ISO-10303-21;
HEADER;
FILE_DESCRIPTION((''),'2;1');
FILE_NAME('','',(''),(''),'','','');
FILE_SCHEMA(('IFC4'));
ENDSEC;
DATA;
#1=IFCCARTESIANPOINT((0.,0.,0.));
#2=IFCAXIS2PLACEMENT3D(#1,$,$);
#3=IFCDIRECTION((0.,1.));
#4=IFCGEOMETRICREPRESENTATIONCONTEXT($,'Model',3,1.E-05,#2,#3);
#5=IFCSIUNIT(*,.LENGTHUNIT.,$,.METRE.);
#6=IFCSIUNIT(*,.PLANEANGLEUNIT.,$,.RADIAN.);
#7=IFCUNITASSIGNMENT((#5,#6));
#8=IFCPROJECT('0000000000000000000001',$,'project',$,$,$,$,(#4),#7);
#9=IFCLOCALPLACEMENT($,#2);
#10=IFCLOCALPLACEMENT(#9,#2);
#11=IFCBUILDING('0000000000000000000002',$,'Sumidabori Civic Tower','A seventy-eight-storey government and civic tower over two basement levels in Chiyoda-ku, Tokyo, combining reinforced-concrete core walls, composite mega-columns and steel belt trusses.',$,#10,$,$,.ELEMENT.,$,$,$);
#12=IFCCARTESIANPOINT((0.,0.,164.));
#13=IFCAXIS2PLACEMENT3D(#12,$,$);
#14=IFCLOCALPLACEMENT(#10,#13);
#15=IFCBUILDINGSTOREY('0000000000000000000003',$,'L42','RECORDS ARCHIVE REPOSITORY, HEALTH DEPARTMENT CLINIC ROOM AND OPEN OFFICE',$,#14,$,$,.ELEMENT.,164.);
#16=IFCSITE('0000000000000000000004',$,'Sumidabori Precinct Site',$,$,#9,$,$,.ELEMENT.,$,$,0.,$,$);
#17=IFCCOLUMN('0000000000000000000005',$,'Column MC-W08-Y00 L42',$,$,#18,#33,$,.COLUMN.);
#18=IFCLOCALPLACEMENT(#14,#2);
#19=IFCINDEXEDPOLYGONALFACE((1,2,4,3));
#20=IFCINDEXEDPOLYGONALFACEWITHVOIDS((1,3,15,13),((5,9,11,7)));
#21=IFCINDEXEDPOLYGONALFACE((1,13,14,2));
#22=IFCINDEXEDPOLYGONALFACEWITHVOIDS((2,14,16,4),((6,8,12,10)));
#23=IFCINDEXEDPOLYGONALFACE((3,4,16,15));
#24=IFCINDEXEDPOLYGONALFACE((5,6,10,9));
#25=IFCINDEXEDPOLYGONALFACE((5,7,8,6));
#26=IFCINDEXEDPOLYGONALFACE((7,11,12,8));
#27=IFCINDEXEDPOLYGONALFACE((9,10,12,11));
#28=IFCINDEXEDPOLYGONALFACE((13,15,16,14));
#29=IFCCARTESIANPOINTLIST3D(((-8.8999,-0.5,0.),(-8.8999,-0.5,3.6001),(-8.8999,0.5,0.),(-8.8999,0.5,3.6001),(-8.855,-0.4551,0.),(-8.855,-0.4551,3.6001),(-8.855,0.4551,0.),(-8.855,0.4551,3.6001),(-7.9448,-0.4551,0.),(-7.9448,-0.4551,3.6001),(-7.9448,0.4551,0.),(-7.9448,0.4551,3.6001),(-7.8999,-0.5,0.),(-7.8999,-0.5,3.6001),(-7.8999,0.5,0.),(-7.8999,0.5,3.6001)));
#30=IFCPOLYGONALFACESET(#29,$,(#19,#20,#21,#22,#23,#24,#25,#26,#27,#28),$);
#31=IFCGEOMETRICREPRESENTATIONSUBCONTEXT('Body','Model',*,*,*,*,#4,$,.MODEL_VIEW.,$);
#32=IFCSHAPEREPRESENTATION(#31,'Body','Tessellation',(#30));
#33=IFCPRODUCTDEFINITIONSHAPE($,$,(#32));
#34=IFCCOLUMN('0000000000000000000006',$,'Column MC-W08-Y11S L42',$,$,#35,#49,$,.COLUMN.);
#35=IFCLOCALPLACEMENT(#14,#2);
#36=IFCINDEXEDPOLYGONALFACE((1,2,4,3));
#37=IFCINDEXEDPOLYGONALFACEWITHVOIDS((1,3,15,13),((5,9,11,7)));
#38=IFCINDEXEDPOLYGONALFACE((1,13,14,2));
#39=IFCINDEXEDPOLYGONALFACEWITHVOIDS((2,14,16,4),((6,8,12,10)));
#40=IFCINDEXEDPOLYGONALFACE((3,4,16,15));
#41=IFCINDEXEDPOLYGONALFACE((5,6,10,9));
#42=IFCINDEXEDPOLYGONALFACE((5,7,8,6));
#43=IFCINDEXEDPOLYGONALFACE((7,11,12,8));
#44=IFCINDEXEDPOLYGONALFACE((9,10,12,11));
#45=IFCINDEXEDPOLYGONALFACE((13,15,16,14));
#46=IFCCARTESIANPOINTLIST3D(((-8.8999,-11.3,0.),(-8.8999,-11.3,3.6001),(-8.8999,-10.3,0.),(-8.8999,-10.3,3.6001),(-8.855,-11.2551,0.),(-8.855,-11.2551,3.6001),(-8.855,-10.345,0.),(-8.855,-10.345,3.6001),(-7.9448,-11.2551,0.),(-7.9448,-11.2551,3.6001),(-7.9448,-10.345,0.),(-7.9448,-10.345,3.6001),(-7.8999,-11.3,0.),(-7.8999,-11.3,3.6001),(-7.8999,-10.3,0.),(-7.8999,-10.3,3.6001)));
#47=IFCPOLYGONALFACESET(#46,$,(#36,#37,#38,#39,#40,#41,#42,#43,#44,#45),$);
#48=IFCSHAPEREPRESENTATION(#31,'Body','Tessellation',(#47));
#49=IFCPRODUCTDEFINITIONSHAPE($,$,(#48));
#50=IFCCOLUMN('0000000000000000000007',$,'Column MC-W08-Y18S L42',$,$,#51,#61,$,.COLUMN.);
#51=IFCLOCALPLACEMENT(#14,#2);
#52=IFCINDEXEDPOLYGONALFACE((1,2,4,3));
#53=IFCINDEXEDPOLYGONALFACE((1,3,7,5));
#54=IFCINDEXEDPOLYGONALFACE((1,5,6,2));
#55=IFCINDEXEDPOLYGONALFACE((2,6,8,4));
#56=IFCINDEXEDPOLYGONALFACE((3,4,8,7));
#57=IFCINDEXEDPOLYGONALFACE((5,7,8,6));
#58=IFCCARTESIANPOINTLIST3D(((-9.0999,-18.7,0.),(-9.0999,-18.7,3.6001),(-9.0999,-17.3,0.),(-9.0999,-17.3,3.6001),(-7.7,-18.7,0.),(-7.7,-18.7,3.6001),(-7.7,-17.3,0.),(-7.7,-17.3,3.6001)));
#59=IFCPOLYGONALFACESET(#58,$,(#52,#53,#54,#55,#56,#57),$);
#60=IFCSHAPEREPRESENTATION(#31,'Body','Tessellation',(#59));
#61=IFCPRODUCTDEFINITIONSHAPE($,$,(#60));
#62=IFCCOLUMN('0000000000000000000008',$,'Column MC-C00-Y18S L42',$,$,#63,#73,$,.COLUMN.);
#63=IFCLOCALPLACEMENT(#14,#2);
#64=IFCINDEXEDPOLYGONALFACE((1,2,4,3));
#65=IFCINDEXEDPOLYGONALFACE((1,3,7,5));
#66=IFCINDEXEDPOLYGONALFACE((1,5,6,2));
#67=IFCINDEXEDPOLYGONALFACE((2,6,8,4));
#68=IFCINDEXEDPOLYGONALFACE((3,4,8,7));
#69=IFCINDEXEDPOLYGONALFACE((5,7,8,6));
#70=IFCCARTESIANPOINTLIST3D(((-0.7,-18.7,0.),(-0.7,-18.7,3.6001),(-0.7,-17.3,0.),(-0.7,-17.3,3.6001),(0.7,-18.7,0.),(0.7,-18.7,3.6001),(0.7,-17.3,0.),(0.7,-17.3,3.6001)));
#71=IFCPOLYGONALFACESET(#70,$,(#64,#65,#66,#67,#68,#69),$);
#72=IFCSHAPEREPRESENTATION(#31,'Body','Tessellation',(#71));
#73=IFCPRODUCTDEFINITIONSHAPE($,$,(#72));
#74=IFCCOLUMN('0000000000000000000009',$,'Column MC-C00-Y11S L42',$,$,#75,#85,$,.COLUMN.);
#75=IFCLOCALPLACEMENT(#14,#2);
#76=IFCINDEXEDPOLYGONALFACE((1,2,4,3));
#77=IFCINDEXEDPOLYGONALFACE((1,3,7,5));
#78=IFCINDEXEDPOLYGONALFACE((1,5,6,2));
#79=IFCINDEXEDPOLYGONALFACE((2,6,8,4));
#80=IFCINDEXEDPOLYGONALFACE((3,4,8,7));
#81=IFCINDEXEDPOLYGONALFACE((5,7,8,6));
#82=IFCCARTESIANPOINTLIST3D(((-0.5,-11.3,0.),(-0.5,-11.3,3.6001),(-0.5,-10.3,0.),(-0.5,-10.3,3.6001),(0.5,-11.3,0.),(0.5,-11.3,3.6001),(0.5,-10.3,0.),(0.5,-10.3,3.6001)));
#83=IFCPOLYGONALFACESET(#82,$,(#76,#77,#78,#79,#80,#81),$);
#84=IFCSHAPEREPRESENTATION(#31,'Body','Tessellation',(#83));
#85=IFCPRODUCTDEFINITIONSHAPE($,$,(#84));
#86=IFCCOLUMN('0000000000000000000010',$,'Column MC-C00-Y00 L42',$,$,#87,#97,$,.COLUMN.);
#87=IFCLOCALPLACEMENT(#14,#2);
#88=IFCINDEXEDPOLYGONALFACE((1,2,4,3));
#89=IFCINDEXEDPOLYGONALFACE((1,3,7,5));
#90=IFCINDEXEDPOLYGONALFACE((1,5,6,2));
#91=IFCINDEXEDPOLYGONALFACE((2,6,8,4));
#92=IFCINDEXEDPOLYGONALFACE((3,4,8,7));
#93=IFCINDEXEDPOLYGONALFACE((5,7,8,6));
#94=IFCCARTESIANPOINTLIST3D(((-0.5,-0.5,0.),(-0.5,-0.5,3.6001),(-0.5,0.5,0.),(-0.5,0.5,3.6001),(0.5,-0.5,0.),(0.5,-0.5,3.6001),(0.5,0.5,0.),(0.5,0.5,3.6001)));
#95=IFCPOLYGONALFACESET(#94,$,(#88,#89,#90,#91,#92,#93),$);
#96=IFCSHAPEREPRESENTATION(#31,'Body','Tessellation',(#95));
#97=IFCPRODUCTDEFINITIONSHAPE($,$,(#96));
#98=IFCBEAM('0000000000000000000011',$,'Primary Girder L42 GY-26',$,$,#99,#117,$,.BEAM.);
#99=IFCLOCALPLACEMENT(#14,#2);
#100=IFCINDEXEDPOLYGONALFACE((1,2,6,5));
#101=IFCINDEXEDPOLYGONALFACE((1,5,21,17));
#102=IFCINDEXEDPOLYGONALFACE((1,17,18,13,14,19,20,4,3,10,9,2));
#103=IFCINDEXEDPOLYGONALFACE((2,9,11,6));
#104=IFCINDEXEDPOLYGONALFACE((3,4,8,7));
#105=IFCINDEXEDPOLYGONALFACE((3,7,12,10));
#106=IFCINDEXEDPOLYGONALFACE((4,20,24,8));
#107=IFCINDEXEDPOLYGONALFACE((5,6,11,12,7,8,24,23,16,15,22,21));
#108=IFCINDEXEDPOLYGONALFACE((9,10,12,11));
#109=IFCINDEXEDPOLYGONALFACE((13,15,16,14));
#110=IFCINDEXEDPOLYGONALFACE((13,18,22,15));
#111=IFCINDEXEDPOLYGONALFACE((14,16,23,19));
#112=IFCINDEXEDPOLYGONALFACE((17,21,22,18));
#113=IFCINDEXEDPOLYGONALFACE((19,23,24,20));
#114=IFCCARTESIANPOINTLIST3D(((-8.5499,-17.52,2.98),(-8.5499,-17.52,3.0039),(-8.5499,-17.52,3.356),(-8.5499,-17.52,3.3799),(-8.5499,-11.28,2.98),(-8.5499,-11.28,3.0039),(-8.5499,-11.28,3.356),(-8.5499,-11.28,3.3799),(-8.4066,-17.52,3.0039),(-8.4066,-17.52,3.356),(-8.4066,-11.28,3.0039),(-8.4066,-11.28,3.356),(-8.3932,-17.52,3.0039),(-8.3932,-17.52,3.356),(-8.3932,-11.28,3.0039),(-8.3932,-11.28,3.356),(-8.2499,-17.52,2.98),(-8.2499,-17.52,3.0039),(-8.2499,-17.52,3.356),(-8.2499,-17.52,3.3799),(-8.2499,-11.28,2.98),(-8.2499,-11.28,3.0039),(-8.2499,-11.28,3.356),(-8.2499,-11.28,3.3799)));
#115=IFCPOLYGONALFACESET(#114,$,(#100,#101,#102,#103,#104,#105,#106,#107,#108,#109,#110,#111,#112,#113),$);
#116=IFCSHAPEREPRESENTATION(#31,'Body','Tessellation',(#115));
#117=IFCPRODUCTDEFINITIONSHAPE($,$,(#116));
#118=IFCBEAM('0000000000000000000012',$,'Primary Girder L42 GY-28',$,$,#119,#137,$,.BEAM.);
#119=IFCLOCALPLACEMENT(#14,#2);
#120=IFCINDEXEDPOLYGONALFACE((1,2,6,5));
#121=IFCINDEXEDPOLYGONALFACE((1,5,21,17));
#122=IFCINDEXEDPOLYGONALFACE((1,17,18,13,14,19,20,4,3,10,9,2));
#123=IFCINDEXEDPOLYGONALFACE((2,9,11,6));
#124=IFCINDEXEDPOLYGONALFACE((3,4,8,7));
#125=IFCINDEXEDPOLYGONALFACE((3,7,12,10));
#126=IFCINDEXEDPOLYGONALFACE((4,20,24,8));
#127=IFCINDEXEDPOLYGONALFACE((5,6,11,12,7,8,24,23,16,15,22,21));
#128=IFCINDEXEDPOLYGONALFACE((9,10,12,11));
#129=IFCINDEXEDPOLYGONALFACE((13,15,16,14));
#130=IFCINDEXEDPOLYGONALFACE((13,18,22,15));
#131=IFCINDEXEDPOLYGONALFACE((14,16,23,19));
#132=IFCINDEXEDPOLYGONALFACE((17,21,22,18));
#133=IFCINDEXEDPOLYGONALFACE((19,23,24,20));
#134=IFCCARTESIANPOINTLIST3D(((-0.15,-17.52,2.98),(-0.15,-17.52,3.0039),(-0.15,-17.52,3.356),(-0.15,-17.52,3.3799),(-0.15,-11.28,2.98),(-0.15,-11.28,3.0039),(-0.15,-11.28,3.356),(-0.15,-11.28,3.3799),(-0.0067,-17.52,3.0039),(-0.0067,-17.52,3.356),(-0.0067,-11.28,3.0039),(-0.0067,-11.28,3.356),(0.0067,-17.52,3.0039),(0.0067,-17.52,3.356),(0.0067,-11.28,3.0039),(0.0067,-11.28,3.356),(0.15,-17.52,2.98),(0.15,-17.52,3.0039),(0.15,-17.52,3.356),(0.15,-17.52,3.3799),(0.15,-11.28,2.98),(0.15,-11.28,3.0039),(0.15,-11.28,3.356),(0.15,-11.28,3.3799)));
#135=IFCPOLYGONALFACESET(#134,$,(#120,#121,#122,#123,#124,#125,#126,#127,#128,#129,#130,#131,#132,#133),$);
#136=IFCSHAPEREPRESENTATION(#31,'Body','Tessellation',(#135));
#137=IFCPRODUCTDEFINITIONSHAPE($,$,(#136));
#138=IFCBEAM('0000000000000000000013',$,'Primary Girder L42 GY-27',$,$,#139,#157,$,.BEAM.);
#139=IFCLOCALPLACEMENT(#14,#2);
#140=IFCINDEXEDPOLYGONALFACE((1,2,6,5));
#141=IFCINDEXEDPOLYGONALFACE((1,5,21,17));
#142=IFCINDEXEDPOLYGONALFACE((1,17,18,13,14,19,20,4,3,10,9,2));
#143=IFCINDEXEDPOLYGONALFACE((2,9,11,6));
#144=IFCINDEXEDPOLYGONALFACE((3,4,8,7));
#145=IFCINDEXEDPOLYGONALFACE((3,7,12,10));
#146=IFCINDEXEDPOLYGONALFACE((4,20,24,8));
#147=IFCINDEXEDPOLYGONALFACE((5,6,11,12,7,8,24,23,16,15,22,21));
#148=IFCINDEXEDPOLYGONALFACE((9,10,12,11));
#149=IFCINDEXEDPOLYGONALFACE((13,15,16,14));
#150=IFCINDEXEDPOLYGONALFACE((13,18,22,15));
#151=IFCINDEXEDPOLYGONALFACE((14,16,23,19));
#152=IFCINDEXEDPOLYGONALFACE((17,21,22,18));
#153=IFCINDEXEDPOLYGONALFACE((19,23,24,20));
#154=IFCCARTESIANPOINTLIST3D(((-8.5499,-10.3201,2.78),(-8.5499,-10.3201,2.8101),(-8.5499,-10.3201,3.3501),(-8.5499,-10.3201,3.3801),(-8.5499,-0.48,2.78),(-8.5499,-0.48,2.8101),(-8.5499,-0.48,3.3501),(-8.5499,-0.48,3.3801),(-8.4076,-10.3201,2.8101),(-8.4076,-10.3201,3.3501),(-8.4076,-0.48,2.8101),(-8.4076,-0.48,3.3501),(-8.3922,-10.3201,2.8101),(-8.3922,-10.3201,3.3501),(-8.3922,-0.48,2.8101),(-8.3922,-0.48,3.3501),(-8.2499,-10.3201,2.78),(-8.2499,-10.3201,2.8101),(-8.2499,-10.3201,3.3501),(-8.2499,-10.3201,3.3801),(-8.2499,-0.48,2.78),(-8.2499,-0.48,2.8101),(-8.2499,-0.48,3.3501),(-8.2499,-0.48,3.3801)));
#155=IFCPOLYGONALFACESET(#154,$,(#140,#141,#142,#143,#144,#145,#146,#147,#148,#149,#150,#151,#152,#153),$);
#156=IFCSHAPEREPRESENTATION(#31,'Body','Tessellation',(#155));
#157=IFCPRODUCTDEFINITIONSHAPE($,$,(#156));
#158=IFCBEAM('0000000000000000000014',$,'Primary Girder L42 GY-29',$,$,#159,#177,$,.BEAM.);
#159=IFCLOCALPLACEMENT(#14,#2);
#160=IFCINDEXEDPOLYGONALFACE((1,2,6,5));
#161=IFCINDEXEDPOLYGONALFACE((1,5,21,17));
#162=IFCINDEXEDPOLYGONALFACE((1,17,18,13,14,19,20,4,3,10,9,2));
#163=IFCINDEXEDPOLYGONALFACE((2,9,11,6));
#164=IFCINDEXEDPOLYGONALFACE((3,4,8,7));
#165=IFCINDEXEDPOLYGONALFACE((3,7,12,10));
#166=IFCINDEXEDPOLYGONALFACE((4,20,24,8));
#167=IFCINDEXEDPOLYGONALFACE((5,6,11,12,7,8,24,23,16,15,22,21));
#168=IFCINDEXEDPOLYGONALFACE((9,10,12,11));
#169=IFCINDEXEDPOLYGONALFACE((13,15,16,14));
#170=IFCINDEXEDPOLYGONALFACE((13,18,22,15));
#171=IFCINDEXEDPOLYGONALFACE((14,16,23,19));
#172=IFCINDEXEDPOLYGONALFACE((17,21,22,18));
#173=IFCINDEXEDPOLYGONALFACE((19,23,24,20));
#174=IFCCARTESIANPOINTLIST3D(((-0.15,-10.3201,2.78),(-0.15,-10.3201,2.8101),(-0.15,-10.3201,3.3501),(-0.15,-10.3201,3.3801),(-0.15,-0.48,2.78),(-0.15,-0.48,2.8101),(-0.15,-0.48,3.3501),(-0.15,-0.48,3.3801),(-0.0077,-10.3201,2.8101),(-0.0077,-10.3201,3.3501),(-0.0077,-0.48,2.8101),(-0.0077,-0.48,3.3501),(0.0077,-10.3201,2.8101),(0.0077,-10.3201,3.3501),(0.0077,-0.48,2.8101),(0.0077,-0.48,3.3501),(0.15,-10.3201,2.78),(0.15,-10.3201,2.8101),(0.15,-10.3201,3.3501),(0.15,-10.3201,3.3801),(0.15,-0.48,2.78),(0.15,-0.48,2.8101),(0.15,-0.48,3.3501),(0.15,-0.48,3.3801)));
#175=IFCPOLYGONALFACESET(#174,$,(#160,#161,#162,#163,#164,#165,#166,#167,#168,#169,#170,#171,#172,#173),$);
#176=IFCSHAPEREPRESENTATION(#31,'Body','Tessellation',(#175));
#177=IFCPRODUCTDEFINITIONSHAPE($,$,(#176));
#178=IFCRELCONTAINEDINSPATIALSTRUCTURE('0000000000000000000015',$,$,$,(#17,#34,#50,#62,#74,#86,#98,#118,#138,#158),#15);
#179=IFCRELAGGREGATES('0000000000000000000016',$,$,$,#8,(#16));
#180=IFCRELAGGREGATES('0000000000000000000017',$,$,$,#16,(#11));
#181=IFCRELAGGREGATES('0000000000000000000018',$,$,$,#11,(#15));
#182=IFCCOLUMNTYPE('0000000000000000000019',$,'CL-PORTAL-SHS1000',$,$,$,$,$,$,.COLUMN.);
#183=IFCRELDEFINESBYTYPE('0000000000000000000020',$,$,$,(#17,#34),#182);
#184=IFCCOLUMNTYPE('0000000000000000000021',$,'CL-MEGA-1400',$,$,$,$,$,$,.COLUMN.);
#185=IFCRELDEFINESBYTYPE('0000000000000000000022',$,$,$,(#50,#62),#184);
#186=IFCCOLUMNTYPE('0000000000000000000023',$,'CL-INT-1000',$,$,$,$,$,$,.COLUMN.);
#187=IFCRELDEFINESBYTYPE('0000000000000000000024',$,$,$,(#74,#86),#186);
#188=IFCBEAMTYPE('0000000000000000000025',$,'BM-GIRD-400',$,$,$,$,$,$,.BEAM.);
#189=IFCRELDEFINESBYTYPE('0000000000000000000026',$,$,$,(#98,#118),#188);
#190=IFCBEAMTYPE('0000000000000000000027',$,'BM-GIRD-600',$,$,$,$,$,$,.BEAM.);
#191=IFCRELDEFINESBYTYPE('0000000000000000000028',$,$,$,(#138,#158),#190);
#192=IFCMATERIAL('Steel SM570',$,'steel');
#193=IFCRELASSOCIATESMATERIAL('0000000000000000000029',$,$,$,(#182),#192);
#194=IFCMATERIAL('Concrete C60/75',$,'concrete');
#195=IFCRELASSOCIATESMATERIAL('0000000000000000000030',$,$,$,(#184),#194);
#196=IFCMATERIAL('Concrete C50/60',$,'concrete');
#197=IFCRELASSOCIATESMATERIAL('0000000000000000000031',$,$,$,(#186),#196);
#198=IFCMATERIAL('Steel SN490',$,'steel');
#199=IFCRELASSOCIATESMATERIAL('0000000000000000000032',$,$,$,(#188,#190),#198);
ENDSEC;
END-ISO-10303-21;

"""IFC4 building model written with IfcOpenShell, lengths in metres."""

from ifc_helpers import new_model, si_unit, direction, frame, origin, origin_2d, place, context, subcontext, project, spatial, rectangle, hollow_rectangle, i_section, extrude, source, transform, mapped, material, material_profile, profile_set, type_object, element, save


model = new_model("IFC4")

# Units and contexts
model_context = context("Model", 3, precision=1e-05, world=origin(), true_north=direction((0.0, 1.0)))
body_context = subcontext(model_context, "Body", "Model", "MODEL_VIEW")
ifc_project = project(units=[si_unit("LENGTHUNIT", "METRE"), si_unit("PLANEANGLEUNIT", "RADIAN")], contexts=[model_context])

# Site, building, storey
site_placement = place(None, origin())
site = spatial("IfcSite", under=ifc_project, at=site_placement, Name="Sumidabori Precinct Site", CompositionType="ELEMENT", RefElevation=0.0)
building_placement = place(site_placement, origin())
building = spatial("IfcBuilding", under=site, at=building_placement, Name="Sumidabori Civic Tower", Description="A seventy-eight-storey government and civic tower over two basement levels in Chiyoda-ku, Tokyo, combining reinforced-concrete core walls, composite mega-columns and steel belt trusses.", CompositionType="ELEMENT")
storey_placement = place(building_placement, frame((0.0, 0.0, 164.0)))
storey = spatial("IfcBuildingStorey", under=building, at=storey_placement, Name="L42", Description="RECORDS ARCHIVE REPOSITORY, HEALTH DEPARTMENT CLINIC ROOM AND OPEN OFFICE", CompositionType="ELEMENT", Elevation=164.0)

# Columns
ifc_material_1 = material(Name="Steel SM570", Category="steel")
ifc_material_profile_1 = material_profile(ifc_material_1, hollow_rectangle(XDim=1.0, YDim=1.0, WallThickness=0.0449, at=origin_2d()), Name="SHS 1000x1000x45")
ifc_profile_set_1 = profile_set([ifc_material_profile_1], Name="Steel SM570")
column_type_1 = type_object("IfcColumnType", Name="CL-PORTAL-SHS1000", PredefinedType="COLUMN", material=ifc_profile_set_1)
shared_shape_1 = source(origin(), body_context, "Body", "SweptSolid", [
    extrude(hollow_rectangle(XDim=1.0, YDim=1.0, WallThickness=0.0449, at=origin_2d()), origin(), (0.0, 0.0, 1.0), 3.6001),
])
for number, where, z_axis, x_axis, name in (
    (1, (-8.3999, 0.0, 0.0), (0.0, 0.0, 1.0), (1.0, 0.0, 0.0), "Column MC-W08-Y00 L42"),
    (2, (-8.3999, -10.8, 0.0), (0.0, 0.0, 1.0), (1.0, 0.0, 0.0), "Column MC-W08-Y11S L42"),
):
    element("IfcColumn", number, at=place(storey_placement, frame(where, z_axis=z_axis, x_axis=x_axis)), inside=storey, type_object=column_type_1, Name=name, PredefinedType="COLUMN", context=body_context, shape_type="MappedRepresentation", body=[
        mapped(shared_shape_1, transform((0.0, 0.0, 0.0), x_axis=(1.0, 0.0, 0.0), y_axis=(0.0, 1.0, 0.0), z_axis=(0.0, 0.0, 1.0), scale=1.0)),
    ])
ifc_material_2 = material(Name="Concrete C60/75", Category="concrete")
ifc_material_profile_2 = material_profile(ifc_material_2, rectangle(XDim=1.3999, YDim=1.3999, at=origin_2d()), Name="RC 1400x1400")
ifc_profile_set_2 = profile_set([ifc_material_profile_2], Name="Concrete C60/75")
column_type_2 = type_object("IfcColumnType", Name="CL-MEGA-1400", PredefinedType="COLUMN", material=ifc_profile_set_2)
shared_shape_2 = source(origin(), body_context, "Body", "SweptSolid", [
    extrude(rectangle(XDim=1.3999, YDim=1.3999, at=origin_2d()), origin(), (0.0, 0.0, 1.0), 3.6001),
])
for number, where, z_axis, x_axis, name in (
    (3, (-8.3999, -18.0, 0.0), (0.0, 0.0, 1.0), (1.0, 0.0, 0.0), "Column MC-W08-Y18S L42"),
    (4, (0.0, -18.0, 0.0), (0.0, 0.0, 1.0), (1.0, 0.0, 0.0), "Column MC-C00-Y18S L42"),
):
    element("IfcColumn", number, at=place(storey_placement, frame(where, z_axis=z_axis, x_axis=x_axis)), inside=storey, type_object=column_type_2, Name=name, PredefinedType="COLUMN", context=body_context, shape_type="MappedRepresentation", body=[
        mapped(shared_shape_2, transform((0.0, 0.0, 0.0), x_axis=(1.0, 0.0, 0.0), y_axis=(0.0, 1.0, 0.0), z_axis=(0.0, 0.0, 1.0), scale=1.0)),
    ])
ifc_material_3 = material(Name="Concrete C50/60", Category="concrete")
ifc_material_profile_3 = material_profile(ifc_material_3, rectangle(XDim=1.0, YDim=1.0, at=origin_2d()), Name="RC 1000x1000")
ifc_profile_set_3 = profile_set([ifc_material_profile_3], Name="Concrete C50/60")
column_type_3 = type_object("IfcColumnType", Name="CL-INT-1000", PredefinedType="COLUMN", material=ifc_profile_set_3)
shared_shape_3 = source(origin(), body_context, "Body", "SweptSolid", [
    extrude(rectangle(XDim=1.0, YDim=1.0, at=origin_2d()), origin(), (0.0, 0.0, 1.0), 3.6001),
])
for number, where, z_axis, x_axis, name in (
    (5, (0.0, -10.8, 0.0), (0.0, 0.0, 1.0), (1.0, 0.0, 0.0), "Column MC-C00-Y11S L42"),
    (6, (0.0, 0.0, 0.0), (0.0, 0.0, 1.0), (1.0, 0.0, 0.0), "Column MC-C00-Y00 L42"),
):
    element("IfcColumn", number, at=place(storey_placement, frame(where, z_axis=z_axis, x_axis=x_axis)), inside=storey, type_object=column_type_3, Name=name, PredefinedType="COLUMN", context=body_context, shape_type="MappedRepresentation", body=[
        mapped(shared_shape_3, transform((0.0, 0.0, 0.0), x_axis=(1.0, 0.0, 0.0), y_axis=(0.0, 1.0, 0.0), z_axis=(0.0, 0.0, 1.0), scale=1.0)),
    ])

# Beams
ifc_material_4 = material(Name="Steel SN490", Category="steel")
ifc_material_profile_4 = material_profile(ifc_material_4, i_section(OverallWidth=0.3, OverallDepth=0.3999, WebThickness=0.0134, FlangeThickness=0.0239, at=origin_2d()), Name="HE 400 B")
ifc_profile_set_4 = profile_set([ifc_material_profile_4], Name="Steel SN490")
beam_type_1 = type_object("IfcBeamType", Name="BM-GIRD-400", PredefinedType="BEAM", material=ifc_profile_set_4)
shared_shape_4 = source(origin(), body_context, "Body", "SweptSolid", [
    extrude(i_section(OverallWidth=0.3, OverallDepth=0.3999, WebThickness=0.0134, FlangeThickness=0.0239, at=origin_2d()), origin(), (0.0, 0.0, 1.0), 6.24),
])
for number, where, z_axis, x_axis, name in (
    (7, (-8.3999, -17.52, 3.1799), (0.0, 1.0, 0.0), (-1.0, 0.0, 0.0), "Primary Girder L42 GY-26"),
    (8, (0.0, -17.52, 3.1799), (0.0, 1.0, 0.0), (-1.0, 0.0, 0.0), "Primary Girder L42 GY-28"),
):
    element("IfcBeam", number, at=place(storey_placement, frame(where, z_axis=z_axis, x_axis=x_axis)), inside=storey, type_object=beam_type_1, Name=name, PredefinedType="BEAM", context=body_context, shape_type="MappedRepresentation", body=[
        mapped(shared_shape_4, transform((0.0, 0.0, 0.0), x_axis=(1.0, 0.0, 0.0), y_axis=(0.0, 1.0, 0.0), z_axis=(0.0, 0.0, 1.0), scale=1.0)),
    ])
ifc_material_profile_5 = material_profile(ifc_material_4, i_section(OverallWidth=0.3, OverallDepth=0.6001, WebThickness=0.0154, FlangeThickness=0.03, at=origin_2d()), Name="HE 600 B")
ifc_profile_set_5 = profile_set([ifc_material_profile_5], Name="Steel SN490")
beam_type_2 = type_object("IfcBeamType", Name="BM-GIRD-600", PredefinedType="BEAM", material=ifc_profile_set_5)
shared_shape_5 = source(origin(), body_context, "Body", "SweptSolid", [
    extrude(i_section(OverallWidth=0.3, OverallDepth=0.6001, WebThickness=0.0154, FlangeThickness=0.03, at=origin_2d()), origin(), (0.0, 0.0, 1.0), 9.8401),
])
for number, where, z_axis, x_axis, name in (
    (9, (-8.3999, -10.3201, 3.0801), (0.0, 1.0, 0.0), (-1.0, 0.0, 0.0), "Primary Girder L42 GY-27"),
    (10, (0.0, -10.3201, 3.0801), (0.0, 1.0, 0.0), (-1.0, 0.0, 0.0), "Primary Girder L42 GY-29"),
):
    element("IfcBeam", number, at=place(storey_placement, frame(where, z_axis=z_axis, x_axis=x_axis)), inside=storey, type_object=beam_type_2, Name=name, PredefinedType="BEAM", context=body_context, shape_type="MappedRepresentation", body=[
        mapped(shared_shape_5, transform((0.0, 0.0, 0.0), x_axis=(1.0, 0.0, 0.0), y_axis=(0.0, 1.0, 0.0), z_axis=(0.0, 0.0, 1.0), scale=1.0)),
    ])

save(model, "model.ifc")
